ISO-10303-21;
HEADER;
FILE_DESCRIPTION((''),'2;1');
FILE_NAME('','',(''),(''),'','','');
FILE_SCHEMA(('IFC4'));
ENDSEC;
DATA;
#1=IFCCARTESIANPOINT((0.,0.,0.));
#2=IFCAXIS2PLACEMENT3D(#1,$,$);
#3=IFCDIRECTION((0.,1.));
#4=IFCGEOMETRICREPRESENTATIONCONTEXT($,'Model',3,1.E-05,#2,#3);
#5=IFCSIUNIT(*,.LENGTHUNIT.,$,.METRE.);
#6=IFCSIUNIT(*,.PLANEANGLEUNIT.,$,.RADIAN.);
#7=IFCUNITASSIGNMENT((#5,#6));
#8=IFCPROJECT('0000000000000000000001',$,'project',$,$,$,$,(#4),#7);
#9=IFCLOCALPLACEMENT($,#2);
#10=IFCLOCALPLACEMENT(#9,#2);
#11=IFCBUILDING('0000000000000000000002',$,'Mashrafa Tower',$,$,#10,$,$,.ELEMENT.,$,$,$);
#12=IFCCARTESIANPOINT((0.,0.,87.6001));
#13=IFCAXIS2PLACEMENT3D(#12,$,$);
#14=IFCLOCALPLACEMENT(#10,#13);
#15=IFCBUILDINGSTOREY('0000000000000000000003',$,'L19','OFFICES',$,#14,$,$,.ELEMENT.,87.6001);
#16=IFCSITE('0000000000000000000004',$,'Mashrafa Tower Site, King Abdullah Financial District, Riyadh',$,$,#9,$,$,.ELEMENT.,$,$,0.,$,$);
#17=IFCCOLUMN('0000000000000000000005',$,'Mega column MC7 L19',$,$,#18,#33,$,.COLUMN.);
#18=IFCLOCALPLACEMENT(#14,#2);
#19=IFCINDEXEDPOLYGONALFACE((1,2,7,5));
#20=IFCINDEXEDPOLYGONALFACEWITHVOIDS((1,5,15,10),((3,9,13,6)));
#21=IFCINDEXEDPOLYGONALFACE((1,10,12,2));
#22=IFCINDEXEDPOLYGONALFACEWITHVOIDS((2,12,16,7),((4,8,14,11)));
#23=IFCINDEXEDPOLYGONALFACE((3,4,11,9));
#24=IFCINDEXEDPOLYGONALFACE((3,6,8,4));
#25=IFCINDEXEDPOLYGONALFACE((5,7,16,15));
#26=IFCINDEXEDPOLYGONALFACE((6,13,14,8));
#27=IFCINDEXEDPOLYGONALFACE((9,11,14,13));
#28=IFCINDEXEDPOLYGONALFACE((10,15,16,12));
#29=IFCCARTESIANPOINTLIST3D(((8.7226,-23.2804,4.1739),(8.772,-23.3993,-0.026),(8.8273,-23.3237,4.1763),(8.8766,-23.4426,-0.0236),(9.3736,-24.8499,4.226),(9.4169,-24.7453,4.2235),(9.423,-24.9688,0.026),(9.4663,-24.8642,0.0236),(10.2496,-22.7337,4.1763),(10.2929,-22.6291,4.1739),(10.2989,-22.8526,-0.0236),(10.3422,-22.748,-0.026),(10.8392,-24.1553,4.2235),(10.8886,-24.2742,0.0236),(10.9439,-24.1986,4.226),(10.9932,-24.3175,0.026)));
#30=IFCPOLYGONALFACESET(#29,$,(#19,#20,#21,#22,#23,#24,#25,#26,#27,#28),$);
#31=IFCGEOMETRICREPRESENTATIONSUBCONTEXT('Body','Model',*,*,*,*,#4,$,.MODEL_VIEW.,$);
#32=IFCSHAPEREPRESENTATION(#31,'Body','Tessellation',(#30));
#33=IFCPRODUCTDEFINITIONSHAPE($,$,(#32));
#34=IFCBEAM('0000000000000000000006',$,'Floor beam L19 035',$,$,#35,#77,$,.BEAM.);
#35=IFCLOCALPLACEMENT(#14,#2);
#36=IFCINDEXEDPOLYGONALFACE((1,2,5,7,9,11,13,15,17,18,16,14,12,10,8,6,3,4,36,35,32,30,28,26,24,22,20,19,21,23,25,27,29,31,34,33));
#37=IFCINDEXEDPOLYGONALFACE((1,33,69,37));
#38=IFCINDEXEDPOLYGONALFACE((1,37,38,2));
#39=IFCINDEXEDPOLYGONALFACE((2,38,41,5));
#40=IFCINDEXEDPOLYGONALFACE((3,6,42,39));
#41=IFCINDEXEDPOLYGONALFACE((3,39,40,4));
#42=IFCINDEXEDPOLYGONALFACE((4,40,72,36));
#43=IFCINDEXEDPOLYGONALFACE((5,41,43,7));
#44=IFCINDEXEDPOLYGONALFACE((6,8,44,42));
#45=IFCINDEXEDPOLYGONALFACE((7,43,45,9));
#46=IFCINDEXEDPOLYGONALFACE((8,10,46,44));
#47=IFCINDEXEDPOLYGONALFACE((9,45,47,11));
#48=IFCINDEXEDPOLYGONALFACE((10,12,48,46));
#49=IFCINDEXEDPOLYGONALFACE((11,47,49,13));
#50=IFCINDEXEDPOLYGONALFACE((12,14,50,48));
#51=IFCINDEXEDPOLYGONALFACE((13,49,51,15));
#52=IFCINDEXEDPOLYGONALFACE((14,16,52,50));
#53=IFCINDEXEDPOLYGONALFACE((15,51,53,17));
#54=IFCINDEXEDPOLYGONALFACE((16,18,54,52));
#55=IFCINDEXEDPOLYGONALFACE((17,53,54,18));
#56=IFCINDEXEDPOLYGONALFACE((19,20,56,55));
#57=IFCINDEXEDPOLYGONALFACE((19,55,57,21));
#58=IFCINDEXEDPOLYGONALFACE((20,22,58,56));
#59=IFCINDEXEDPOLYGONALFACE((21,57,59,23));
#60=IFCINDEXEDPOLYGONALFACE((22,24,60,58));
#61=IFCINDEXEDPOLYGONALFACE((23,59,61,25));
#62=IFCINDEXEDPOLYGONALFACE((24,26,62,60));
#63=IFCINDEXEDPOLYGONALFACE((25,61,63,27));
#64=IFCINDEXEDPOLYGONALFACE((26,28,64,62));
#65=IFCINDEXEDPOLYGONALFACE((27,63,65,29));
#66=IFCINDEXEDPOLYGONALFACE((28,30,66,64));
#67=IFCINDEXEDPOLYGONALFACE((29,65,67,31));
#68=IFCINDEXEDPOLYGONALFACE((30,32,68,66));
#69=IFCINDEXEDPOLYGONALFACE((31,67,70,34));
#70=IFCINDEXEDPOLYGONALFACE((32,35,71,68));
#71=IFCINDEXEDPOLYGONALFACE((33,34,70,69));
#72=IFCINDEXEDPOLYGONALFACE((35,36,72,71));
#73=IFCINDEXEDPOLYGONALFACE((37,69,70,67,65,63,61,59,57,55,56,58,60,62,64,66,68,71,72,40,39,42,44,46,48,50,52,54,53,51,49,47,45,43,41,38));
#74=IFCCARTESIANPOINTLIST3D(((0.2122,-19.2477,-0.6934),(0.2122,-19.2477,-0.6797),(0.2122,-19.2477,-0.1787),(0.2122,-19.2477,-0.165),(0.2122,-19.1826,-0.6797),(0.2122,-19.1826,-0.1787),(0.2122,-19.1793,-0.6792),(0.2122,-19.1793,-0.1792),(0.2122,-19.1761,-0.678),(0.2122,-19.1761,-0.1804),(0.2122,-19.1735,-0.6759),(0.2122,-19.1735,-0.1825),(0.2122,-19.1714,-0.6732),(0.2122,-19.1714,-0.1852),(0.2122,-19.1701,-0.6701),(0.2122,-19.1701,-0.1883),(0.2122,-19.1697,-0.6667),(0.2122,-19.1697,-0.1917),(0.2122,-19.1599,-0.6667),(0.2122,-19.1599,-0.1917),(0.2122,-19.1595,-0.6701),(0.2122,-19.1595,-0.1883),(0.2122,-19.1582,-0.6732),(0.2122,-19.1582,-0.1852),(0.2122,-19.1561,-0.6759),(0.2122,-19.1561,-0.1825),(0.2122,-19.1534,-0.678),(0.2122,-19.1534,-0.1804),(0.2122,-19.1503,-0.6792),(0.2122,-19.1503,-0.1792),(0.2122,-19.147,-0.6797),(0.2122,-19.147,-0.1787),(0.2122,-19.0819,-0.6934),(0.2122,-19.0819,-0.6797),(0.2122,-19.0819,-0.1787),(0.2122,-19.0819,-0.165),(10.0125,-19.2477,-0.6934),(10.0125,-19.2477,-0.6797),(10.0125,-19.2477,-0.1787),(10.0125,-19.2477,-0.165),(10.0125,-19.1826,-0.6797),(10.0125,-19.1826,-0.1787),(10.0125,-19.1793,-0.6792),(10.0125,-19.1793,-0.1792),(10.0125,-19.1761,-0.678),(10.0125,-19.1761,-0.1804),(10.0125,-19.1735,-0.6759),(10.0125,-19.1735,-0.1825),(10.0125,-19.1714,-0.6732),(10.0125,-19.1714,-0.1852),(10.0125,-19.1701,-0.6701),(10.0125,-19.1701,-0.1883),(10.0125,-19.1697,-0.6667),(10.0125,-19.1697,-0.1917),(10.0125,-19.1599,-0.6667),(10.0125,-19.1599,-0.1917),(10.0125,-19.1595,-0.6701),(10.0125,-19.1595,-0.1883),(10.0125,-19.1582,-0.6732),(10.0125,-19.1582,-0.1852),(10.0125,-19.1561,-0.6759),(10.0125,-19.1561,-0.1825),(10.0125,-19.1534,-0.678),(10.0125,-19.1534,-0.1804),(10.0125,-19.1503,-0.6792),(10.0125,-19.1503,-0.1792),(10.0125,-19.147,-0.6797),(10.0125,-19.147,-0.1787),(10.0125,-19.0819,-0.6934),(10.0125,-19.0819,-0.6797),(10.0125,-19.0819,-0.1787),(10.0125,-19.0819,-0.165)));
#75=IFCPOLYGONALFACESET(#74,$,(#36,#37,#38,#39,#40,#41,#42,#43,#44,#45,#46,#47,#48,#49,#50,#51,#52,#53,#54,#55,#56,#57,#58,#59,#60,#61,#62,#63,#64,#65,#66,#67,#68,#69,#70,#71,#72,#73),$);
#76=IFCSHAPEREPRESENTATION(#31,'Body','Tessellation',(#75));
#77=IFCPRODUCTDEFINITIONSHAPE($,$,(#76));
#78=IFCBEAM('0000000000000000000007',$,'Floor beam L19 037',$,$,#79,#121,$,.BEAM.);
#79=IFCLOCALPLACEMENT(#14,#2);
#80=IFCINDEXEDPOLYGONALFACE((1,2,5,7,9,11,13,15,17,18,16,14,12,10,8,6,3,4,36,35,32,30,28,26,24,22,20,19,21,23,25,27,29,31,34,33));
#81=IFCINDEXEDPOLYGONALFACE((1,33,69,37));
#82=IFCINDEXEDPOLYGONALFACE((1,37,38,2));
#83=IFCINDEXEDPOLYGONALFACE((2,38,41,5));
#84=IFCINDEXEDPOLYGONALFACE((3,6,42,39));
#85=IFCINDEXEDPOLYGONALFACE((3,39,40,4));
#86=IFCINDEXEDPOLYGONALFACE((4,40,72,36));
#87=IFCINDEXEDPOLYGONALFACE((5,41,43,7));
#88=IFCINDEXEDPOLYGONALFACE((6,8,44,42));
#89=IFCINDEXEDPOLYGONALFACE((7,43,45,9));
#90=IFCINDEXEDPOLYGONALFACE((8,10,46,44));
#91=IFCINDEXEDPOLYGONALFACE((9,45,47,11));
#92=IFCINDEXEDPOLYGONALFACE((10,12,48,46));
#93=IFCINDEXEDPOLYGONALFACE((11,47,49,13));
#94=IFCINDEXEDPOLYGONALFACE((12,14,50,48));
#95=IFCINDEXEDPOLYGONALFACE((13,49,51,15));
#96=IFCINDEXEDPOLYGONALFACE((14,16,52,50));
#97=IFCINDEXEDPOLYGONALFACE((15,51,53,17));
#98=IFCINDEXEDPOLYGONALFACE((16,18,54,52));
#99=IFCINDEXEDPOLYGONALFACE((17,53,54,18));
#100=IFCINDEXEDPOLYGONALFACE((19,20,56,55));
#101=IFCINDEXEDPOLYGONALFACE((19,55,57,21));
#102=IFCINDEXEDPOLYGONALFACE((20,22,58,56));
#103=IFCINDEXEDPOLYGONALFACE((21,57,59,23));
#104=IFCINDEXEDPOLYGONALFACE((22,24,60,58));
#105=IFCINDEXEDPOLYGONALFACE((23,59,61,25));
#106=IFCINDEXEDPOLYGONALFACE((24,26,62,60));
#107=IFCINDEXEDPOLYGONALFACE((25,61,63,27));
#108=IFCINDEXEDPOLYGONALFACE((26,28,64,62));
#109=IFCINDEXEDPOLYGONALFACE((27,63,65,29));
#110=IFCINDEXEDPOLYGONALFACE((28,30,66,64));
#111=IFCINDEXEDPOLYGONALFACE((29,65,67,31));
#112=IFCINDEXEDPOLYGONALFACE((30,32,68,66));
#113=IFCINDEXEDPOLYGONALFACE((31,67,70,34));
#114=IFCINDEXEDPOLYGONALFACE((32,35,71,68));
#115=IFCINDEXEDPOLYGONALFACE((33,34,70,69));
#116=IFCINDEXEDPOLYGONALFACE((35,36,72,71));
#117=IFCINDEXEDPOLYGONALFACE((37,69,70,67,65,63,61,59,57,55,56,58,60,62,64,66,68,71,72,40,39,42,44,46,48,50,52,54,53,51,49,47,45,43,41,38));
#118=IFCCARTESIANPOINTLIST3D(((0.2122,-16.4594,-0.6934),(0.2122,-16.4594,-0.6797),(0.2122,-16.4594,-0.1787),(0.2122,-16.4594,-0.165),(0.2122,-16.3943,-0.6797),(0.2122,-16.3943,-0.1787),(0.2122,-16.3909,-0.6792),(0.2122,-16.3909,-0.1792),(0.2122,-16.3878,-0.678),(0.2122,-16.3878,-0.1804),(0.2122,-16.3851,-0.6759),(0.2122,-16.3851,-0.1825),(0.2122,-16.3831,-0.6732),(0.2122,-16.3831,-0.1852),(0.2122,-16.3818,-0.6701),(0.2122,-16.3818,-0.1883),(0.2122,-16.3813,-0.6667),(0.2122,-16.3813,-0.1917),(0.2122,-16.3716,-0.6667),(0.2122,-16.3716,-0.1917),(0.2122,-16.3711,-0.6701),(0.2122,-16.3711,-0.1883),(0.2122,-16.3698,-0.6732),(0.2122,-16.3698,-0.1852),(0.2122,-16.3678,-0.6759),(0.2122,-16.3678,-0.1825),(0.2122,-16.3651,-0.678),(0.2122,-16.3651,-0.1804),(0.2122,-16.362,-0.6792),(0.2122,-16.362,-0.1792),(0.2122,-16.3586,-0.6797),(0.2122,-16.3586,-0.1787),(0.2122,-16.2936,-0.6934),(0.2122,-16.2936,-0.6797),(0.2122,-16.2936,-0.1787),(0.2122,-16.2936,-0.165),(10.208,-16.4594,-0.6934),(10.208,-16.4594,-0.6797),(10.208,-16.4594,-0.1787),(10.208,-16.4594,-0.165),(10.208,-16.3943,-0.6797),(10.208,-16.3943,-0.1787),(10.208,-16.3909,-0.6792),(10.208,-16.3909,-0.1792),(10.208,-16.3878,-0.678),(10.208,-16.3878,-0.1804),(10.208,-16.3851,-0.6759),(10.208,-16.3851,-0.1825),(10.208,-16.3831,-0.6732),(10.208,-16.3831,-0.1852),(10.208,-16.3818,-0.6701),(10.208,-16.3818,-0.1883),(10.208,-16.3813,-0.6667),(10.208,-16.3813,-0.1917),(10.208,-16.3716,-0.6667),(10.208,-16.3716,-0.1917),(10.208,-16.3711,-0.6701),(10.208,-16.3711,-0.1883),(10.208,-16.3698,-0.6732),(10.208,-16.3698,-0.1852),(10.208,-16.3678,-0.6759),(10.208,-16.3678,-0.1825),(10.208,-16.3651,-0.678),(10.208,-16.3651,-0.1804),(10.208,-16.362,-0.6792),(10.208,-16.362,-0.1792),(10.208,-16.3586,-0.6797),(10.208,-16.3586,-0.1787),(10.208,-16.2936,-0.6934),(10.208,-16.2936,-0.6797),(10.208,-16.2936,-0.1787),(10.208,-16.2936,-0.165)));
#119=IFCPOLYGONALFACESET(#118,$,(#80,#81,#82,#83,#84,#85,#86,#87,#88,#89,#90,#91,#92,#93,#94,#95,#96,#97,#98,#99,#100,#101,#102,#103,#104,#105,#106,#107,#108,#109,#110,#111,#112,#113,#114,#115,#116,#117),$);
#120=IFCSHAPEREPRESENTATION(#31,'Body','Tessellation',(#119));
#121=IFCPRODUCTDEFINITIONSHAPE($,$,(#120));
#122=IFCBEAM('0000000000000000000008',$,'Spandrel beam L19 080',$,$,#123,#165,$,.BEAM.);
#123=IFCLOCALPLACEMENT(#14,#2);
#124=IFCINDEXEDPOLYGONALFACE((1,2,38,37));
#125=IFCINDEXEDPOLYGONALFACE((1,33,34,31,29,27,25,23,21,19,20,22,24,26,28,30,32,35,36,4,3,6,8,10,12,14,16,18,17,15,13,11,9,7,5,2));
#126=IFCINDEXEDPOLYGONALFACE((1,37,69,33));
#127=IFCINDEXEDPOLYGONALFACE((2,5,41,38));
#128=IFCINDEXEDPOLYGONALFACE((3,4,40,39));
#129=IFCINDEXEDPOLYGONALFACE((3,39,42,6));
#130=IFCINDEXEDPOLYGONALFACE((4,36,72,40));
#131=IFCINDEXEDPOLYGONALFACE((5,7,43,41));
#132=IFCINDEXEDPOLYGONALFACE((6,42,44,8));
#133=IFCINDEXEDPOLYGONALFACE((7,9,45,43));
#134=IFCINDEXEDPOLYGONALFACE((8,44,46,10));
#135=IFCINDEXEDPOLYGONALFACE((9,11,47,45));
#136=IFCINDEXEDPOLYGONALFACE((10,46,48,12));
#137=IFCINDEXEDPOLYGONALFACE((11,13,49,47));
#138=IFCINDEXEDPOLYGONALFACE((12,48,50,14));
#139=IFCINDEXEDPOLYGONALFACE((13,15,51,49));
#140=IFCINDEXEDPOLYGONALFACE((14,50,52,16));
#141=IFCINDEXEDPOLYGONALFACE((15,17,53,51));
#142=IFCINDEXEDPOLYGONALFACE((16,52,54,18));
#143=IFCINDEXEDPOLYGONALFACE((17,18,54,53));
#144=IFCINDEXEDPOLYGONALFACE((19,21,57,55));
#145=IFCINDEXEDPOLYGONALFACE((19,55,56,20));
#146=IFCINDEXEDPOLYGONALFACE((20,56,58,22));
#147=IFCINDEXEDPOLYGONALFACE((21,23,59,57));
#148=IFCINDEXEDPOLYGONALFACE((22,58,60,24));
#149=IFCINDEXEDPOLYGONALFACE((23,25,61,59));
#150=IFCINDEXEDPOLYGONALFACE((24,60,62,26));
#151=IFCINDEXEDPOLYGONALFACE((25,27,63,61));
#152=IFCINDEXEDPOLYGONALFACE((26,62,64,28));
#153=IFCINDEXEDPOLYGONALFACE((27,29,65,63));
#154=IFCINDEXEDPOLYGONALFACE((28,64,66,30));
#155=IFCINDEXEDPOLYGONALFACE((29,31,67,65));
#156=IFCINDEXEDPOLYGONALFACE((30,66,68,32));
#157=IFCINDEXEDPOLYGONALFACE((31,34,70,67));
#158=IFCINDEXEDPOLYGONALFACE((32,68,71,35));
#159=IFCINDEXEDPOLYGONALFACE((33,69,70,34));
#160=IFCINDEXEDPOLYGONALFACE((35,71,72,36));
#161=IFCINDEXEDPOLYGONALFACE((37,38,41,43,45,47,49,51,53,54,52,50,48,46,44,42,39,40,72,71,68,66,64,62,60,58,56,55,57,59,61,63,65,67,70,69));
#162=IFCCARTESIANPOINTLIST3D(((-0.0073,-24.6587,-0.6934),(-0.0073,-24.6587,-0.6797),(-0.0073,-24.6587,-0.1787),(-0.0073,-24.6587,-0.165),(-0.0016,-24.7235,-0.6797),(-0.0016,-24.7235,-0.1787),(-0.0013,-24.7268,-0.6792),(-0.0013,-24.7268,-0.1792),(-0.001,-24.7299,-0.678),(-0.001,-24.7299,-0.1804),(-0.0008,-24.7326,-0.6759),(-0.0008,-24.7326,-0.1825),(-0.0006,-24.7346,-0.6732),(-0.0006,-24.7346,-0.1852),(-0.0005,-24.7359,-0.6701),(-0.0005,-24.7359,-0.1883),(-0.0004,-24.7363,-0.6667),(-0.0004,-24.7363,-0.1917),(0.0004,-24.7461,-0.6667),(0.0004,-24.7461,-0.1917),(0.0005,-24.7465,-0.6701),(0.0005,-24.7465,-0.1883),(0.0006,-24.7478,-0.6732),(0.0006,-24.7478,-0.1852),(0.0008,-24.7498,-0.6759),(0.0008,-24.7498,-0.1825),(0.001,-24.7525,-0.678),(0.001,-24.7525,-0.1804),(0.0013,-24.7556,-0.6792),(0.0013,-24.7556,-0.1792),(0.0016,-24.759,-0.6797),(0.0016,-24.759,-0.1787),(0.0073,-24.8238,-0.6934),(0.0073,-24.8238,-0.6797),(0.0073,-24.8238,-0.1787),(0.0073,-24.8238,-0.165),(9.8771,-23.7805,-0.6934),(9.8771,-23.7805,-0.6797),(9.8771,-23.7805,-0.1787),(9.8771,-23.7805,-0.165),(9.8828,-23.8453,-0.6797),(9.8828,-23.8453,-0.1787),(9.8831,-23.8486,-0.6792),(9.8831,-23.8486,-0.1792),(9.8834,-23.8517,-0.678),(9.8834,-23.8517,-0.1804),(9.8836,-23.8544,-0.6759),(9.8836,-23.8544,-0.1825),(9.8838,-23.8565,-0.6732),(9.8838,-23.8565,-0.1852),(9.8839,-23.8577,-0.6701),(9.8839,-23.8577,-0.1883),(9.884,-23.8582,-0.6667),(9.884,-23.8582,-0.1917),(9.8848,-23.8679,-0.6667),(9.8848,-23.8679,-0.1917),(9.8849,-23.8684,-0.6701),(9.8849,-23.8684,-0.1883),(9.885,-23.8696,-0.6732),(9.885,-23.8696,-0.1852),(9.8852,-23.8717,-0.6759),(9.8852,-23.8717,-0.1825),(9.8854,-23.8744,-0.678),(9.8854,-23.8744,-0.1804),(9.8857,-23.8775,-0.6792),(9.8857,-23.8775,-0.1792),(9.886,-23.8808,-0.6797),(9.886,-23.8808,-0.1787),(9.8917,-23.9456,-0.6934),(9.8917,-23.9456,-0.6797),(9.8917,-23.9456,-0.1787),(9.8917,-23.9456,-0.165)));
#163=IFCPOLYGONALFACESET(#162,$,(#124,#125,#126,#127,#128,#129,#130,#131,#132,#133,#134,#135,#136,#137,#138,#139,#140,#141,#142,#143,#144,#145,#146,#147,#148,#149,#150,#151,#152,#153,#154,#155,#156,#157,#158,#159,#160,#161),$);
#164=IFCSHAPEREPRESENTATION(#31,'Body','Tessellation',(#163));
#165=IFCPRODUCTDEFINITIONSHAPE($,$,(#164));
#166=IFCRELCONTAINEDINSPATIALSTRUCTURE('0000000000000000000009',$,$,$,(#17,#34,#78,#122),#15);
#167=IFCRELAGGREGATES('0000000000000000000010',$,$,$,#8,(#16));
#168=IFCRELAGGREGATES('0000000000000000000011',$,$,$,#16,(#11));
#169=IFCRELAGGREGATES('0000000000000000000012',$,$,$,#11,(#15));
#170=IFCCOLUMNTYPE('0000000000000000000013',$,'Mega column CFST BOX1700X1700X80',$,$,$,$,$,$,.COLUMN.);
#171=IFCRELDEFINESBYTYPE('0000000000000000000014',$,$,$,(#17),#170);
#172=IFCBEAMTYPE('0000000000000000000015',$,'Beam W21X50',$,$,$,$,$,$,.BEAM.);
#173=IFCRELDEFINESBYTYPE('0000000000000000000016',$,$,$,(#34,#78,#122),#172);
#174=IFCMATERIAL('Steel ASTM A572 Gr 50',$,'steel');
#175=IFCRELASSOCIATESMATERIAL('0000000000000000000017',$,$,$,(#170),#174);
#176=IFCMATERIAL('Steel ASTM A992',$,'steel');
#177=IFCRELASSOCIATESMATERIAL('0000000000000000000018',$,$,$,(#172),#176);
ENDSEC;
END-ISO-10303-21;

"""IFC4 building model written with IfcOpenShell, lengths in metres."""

from ifc_helpers import new_model, si_unit, direction, frame, origin, origin_2d, place, context, subcontext, project, spatial, hollow_rectangle, i_section, extrude, material, material_profile, profile_set, type_object, element, save


model = new_model("IFC4")

# Units and contexts
model_context = context("Model", 3, precision=1e-05, world=origin(), true_north=direction((0.0, 1.0)))
body_context = subcontext(model_context, "Body", "Model", "MODEL_VIEW")
ifc_project = project(units=[si_unit("LENGTHUNIT", "METRE"), si_unit("PLANEANGLEUNIT", "RADIAN")], contexts=[model_context])

# Site, building, storey
site_placement = place(None, origin())
site = spatial("IfcSite", under=ifc_project, at=site_placement, Name="Mashrafa Tower Site, King Abdullah Financial District, Riyadh", CompositionType="ELEMENT", RefElevation=0.0)
building_placement = place(site_placement, origin())
building = spatial("IfcBuilding", under=site, at=building_placement, Name="Mashrafa Tower", CompositionType="ELEMENT")
storey_placement = place(building_placement, frame((0.0, 0.0, 87.6001)))
storey = spatial("IfcBuildingStorey", under=building, at=storey_placement, Name="L19", Description="OFFICES", CompositionType="ELEMENT", Elevation=87.6001)

# Column
ifc_material_1 = material(Name="Steel ASTM A572 Gr 50", Category="steel")
ifc_material_profile_1 = material_profile(ifc_material_1, hollow_rectangle(XDim=1.7, YDim=1.7, WallThickness=0.0801, at=origin_2d()), Name="BOX1700X1700X80")
ifc_profile_set_1 = profile_set([ifc_material_profile_1], Name="Steel ASTM A572 Gr 50")
column_type = type_object("IfcColumnType", Name="Mega column CFST BOX1700X1700X80", PredefinedType="COLUMN", material=ifc_profile_set_1)
column_placement = place(storey_placement, frame((9.8826, -23.8584, 0.0), z_axis=(-0.011737, 0.028296, 0.999531), x_axis=(-0.923693, -0.383133, 0.0)))
element("IfcColumn", 1, at=column_placement, inside=storey, type_object=column_type, Name="Mega column MC7 L19", PredefinedType="COLUMN", context=body_context, shape_type="SweptSolid", body=[
    extrude(hollow_rectangle(XDim=1.7, YDim=1.7, WallThickness=0.0801, at=origin_2d()), origin(), (0.0, 0.0, 1.0), 4.2019),
])

# Beams
ifc_material_2 = material(Name="Steel ASTM A992", Category="steel")
ifc_material_profile_2 = material_profile(ifc_material_2, i_section(OverallWidth=0.1658, OverallDepth=0.5283, WebThickness=0.0098, FlangeThickness=0.0137, FilletRadius=0.0129, at=origin_2d()), Name="W21X50")
ifc_profile_set_2 = profile_set([ifc_material_profile_2], Name="Steel ASTM A992")
beam_type_1 = type_object("IfcBeamType", Name="Beam W21X50", PredefinedType="BEAM", material=ifc_profile_set_2)
beam_1_placement = place(storey_placement, frame((10.0125, -19.1648, -0.4292), z_axis=(-1.0, 0.0, 0.0), x_axis=(0.0, -1.0, 0.0)))
element("IfcBeam", 2, at=beam_1_placement, inside=storey, type_object=beam_type_1, Name="Floor beam L19 035", PredefinedType="BEAM", context=body_context, shape_type="SweptSolid", body=[
    extrude(i_section(OverallWidth=0.1658, OverallDepth=0.5283, WebThickness=0.0098, FlangeThickness=0.0137, FilletRadius=0.0129, at=origin_2d()), origin(), (0.0, 0.0, 1.0), 9.8003),
])
beam_2_placement = place(storey_placement, frame((10.208, -16.3765, -0.4292), z_axis=(-1.0, 0.0, 0.0), x_axis=(0.0, -1.0, 0.0)))
element("IfcBeam", 3, at=beam_2_placement, inside=storey, type_object=beam_type_1, Name="Floor beam L19 037", PredefinedType="BEAM", context=body_context, shape_type="SweptSolid", body=[
    extrude(i_section(OverallWidth=0.1658, OverallDepth=0.5283, WebThickness=0.0098, FlangeThickness=0.0137, FilletRadius=0.0129, at=origin_2d()), origin(), (0.0, 0.0, 1.0), 9.9958),
])
for number, where, z_axis, x_axis, name in (
    (4, (0.0, -24.7412, -0.4292), (0.996077, 0.088495, 0.0), (-0.088495, 0.996077, 0.0), "Spandrel beam L19 080"),
):
    element("IfcBeam", number, at=place(storey_placement, frame(where, z_axis=z_axis, x_axis=x_axis)), inside=storey, type_object=beam_type_1, Name=name, PredefinedType="BEAM", context=body_context, shape_type="SweptSolid", body=[
        extrude(i_section(OverallWidth=0.1658, OverallDepth=0.5283, WebThickness=0.0098, FlangeThickness=0.0137, FilletRadius=0.0129, at=origin_2d()), origin(), (0.0, 0.0, 1.0), 9.9233),
    ])

save(model, "model.ifc")
